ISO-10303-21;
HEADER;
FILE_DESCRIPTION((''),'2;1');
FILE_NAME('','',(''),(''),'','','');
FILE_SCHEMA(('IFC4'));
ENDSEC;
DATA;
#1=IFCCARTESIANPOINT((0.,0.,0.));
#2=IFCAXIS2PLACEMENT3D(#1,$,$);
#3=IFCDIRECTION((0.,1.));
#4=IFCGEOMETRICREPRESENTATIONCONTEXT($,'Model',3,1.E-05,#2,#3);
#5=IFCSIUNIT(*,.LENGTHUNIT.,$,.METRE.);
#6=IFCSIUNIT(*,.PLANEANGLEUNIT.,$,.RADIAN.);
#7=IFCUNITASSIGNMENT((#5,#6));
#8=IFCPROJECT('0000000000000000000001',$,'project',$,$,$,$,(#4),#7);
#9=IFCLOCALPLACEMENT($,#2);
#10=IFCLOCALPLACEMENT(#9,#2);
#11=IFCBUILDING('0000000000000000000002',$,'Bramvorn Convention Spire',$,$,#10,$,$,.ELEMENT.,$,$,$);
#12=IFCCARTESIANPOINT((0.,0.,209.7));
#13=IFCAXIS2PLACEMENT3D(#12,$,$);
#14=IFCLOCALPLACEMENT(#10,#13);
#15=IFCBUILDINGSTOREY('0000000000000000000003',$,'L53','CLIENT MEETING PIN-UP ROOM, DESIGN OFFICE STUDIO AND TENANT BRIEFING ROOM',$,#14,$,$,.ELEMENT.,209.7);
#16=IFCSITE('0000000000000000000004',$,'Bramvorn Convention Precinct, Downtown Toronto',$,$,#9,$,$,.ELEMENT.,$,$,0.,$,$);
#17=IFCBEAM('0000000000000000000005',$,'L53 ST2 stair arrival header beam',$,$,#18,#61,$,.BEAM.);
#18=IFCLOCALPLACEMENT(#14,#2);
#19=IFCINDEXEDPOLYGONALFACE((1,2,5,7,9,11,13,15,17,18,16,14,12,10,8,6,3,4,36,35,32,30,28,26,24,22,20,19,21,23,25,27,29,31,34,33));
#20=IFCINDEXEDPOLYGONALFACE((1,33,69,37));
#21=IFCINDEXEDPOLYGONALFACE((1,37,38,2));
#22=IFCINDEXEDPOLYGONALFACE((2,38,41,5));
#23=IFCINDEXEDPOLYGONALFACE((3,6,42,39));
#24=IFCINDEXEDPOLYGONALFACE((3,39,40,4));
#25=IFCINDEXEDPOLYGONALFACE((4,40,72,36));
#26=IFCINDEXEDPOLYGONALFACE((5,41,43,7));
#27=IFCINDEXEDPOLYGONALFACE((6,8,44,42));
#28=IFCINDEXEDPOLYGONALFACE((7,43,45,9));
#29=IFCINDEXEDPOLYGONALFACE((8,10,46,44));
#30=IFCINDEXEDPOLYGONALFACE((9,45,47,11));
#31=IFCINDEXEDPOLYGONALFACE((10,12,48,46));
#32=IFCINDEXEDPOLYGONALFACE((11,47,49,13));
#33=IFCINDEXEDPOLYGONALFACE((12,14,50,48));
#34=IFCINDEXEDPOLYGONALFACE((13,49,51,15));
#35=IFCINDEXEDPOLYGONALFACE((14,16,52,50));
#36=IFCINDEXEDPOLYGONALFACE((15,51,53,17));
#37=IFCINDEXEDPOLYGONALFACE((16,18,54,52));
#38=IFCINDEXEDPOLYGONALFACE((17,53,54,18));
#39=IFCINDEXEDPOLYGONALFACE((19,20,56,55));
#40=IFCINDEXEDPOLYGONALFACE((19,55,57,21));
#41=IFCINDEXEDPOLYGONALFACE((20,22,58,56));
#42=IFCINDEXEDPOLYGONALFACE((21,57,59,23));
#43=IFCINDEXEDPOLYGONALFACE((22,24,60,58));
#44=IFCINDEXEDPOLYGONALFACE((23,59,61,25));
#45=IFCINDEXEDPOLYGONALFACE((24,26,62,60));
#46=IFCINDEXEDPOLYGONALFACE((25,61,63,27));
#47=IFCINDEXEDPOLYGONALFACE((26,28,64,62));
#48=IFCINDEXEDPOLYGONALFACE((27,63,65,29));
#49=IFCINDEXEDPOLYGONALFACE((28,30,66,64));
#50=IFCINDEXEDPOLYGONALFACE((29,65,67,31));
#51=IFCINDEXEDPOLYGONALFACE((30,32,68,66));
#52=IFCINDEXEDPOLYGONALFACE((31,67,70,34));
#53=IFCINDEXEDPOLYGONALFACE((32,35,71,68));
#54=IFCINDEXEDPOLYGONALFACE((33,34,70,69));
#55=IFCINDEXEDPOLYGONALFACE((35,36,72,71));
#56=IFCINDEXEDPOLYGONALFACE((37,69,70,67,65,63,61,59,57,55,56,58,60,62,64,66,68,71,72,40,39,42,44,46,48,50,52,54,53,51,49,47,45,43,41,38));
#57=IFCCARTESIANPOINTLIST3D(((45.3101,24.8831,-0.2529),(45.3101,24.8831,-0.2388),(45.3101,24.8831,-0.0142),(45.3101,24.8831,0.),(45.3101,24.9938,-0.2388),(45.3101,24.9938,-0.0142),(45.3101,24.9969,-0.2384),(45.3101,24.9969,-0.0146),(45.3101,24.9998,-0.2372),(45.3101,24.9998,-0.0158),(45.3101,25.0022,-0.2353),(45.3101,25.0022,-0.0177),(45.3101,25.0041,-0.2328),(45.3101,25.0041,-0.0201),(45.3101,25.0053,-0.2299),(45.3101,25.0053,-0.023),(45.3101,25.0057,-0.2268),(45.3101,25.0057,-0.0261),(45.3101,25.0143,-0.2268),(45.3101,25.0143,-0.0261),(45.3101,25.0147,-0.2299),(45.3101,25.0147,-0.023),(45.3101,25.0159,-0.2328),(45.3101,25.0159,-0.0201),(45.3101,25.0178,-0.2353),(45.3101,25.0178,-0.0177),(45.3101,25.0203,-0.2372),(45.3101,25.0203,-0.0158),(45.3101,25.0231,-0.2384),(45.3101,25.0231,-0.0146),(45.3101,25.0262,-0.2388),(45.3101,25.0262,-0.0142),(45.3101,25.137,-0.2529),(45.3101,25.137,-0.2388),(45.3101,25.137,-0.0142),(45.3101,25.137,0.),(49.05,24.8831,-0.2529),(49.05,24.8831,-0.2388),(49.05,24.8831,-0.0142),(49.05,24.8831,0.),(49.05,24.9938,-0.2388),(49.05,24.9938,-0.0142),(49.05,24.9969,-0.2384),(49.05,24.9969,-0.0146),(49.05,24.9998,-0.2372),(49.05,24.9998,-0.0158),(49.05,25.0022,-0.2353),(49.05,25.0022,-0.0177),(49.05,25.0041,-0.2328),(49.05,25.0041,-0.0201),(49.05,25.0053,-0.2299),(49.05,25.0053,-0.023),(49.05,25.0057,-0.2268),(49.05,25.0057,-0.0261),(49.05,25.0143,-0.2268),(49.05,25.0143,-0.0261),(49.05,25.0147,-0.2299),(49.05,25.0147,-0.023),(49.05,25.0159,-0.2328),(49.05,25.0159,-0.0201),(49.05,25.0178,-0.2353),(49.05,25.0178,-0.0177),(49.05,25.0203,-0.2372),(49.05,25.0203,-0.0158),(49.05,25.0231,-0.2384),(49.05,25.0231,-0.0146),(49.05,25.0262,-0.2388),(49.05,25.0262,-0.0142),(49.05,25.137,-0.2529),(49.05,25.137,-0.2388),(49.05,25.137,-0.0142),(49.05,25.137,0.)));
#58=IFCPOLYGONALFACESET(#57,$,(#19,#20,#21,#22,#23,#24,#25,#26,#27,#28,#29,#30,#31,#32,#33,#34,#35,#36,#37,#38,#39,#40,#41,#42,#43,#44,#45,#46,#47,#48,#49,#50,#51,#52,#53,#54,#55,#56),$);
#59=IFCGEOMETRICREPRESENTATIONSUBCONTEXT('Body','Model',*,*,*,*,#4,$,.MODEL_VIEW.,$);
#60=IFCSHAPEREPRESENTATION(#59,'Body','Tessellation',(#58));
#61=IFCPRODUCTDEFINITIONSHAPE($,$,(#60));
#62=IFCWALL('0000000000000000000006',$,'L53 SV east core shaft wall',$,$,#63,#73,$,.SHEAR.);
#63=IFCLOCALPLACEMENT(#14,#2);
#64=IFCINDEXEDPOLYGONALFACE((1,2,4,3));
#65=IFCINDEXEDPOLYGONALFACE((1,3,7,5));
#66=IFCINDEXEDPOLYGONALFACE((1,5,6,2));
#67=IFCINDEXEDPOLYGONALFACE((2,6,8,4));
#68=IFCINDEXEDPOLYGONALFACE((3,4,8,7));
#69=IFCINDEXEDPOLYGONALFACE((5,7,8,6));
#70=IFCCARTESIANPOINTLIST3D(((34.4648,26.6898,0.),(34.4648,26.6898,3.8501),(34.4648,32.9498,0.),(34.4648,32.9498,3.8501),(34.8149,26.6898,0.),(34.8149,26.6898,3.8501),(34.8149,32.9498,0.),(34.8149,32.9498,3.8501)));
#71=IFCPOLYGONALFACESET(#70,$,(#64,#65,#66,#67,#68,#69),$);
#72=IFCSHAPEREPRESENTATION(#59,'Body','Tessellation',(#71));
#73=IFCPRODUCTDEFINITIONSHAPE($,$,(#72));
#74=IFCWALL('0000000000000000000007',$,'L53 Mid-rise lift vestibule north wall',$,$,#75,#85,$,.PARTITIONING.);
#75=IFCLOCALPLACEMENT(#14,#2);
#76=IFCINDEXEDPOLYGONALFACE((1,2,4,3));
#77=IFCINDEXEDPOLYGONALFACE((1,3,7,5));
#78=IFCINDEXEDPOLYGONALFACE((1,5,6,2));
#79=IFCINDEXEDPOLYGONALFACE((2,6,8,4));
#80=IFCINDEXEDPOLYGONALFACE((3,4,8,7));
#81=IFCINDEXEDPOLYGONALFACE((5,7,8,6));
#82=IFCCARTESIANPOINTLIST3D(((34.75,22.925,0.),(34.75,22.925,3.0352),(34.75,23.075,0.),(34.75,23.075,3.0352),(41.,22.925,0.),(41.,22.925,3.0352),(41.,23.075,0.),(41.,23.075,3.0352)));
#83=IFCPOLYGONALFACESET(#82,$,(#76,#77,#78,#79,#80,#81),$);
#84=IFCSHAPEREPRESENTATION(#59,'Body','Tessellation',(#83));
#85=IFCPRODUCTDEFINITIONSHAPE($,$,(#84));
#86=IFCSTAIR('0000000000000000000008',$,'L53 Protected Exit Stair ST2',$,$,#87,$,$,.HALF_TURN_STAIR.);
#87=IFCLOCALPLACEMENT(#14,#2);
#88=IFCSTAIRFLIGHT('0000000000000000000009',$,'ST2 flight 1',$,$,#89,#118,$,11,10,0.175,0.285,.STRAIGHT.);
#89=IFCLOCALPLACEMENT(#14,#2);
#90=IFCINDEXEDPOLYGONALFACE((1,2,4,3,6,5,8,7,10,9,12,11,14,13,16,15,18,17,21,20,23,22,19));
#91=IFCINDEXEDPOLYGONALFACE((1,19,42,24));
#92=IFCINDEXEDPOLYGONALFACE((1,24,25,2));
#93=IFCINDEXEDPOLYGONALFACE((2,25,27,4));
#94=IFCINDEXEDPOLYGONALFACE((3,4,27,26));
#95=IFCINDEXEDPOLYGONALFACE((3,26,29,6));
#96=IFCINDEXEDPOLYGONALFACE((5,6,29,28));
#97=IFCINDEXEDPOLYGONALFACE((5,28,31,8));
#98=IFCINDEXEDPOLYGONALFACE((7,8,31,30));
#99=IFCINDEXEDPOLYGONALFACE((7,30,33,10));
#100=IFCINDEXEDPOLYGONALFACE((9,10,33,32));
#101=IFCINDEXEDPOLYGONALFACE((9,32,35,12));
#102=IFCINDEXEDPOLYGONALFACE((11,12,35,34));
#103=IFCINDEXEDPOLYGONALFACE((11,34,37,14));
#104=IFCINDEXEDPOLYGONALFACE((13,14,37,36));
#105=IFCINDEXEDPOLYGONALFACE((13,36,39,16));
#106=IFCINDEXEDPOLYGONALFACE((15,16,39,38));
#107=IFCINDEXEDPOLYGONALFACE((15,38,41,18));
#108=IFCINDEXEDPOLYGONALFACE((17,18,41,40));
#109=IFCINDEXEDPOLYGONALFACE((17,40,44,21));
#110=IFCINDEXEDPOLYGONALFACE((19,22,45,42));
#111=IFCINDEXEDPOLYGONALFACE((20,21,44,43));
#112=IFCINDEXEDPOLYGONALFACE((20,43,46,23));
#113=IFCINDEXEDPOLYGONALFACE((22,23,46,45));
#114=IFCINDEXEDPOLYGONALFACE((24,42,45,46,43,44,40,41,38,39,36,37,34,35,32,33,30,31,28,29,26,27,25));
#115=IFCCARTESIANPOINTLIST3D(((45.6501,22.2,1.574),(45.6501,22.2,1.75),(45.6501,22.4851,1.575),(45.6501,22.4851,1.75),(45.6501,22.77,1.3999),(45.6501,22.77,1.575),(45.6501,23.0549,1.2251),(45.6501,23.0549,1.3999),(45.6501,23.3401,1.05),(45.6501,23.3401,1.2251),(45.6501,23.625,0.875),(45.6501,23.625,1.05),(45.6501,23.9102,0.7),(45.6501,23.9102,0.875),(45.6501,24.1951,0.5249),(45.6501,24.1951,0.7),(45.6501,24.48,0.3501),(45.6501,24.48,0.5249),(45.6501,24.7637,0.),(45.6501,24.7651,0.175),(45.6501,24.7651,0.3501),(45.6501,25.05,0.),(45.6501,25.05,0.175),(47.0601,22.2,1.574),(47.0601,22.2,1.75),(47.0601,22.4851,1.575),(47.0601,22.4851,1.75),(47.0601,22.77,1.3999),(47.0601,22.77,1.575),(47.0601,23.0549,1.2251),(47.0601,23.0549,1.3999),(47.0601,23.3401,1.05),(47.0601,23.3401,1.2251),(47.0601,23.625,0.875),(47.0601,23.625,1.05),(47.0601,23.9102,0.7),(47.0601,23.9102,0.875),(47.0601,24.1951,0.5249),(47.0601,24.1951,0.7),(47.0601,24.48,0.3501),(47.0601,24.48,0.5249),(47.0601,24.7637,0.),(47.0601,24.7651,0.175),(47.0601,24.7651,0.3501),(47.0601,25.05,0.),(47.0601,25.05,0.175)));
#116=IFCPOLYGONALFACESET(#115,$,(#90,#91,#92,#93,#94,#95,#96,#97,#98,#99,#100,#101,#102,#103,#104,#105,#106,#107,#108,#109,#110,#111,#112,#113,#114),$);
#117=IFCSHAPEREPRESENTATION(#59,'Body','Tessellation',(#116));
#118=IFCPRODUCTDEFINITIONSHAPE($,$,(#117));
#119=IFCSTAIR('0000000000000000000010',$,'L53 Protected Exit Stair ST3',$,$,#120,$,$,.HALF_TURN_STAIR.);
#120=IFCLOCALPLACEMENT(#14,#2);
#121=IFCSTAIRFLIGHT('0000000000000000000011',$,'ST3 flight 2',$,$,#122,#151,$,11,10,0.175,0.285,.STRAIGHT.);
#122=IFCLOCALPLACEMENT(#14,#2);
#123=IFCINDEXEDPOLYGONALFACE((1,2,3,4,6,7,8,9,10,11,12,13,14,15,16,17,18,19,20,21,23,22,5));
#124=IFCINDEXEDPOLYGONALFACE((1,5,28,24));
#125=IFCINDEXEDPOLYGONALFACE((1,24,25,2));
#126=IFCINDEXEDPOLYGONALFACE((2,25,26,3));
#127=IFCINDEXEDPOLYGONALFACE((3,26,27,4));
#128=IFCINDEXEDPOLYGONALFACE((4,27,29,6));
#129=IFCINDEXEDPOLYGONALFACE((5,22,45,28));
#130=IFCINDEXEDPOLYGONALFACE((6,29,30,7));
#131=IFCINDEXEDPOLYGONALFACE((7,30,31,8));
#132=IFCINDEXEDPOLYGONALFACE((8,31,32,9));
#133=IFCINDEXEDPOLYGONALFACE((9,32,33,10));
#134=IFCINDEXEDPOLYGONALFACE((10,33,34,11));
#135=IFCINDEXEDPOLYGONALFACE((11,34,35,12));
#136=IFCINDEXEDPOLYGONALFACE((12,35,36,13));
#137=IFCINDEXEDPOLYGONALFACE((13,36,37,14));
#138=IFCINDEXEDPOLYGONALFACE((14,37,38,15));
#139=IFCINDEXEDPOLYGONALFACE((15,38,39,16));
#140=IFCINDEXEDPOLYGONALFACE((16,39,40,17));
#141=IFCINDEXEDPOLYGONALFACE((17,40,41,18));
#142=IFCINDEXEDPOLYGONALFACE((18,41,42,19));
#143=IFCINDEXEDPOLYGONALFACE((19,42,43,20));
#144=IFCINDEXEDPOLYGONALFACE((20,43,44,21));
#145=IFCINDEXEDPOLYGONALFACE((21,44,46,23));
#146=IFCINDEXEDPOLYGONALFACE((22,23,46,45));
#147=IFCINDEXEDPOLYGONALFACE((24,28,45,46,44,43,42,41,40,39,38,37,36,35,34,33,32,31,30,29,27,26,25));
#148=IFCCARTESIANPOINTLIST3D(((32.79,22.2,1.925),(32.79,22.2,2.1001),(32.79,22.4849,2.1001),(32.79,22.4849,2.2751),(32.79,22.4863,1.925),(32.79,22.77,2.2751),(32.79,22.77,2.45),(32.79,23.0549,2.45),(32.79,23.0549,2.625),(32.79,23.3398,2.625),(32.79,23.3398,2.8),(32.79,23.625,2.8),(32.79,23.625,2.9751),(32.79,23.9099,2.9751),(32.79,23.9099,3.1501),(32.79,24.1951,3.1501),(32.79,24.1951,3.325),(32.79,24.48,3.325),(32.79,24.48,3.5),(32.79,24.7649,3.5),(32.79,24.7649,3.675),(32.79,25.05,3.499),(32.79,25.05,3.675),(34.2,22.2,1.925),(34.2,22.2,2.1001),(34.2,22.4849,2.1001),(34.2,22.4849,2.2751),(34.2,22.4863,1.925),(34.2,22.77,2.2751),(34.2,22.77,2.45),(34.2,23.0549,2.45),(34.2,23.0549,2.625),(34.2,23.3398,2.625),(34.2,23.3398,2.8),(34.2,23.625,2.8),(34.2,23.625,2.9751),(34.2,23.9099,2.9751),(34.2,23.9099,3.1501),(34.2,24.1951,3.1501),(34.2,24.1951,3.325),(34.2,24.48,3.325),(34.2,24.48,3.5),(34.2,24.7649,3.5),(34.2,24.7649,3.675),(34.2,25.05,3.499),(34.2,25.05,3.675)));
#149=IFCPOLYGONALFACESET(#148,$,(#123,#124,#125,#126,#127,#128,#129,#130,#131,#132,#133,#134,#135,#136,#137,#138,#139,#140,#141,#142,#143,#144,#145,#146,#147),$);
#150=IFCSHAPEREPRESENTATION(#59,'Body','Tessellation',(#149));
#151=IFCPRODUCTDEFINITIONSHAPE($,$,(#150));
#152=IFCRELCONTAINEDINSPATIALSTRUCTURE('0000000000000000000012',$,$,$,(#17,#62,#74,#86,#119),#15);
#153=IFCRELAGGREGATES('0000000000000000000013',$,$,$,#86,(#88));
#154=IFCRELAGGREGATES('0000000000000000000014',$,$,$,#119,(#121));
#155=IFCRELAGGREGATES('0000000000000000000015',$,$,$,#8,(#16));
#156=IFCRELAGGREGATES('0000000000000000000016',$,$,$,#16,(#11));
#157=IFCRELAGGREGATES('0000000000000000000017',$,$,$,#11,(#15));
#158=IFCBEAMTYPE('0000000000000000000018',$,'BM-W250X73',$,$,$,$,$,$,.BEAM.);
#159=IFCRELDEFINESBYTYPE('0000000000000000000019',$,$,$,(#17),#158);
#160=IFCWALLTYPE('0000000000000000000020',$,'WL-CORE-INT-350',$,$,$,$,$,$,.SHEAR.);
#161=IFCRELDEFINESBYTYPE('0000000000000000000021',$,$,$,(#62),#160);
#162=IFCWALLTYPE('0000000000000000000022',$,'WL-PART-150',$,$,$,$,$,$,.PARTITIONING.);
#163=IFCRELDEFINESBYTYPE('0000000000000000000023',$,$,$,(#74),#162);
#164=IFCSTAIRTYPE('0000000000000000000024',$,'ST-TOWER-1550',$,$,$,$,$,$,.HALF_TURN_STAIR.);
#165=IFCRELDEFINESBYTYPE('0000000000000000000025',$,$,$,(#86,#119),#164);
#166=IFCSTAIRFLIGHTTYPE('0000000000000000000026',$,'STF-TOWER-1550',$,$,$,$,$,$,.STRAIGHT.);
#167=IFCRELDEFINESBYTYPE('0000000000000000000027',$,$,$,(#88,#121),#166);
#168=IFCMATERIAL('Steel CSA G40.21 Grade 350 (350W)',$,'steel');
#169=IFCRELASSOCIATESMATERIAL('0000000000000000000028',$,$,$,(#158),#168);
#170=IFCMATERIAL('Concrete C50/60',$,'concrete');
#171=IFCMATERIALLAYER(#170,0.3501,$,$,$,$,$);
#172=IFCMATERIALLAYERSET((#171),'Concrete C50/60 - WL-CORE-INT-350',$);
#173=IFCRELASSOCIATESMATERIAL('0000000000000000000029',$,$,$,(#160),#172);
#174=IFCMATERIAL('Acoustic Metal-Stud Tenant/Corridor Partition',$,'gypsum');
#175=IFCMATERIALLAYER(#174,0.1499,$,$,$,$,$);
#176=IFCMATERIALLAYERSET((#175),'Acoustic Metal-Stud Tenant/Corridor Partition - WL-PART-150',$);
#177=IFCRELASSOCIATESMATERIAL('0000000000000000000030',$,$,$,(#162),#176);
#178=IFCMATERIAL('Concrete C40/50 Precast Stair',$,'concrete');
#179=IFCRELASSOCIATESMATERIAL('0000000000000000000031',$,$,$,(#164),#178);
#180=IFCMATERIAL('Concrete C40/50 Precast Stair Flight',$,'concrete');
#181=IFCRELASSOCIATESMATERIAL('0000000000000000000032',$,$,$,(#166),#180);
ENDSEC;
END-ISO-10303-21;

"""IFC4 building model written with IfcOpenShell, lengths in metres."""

from ifc_helpers import new_model, si_unit, direction, frame, frame_2d, origin, origin_2d, place, context, subcontext, project, spatial, polyline, rectangle, i_section, outline, extrude, material, layer, layer_set, material_profile, profile_set, type_object, element, aggregate, save


model = new_model("IFC4")

# Units and contexts
model_context = context("Model", 3, precision=1e-05, world=origin(), true_north=direction((0.0, 1.0)))
body_context = subcontext(model_context, "Body", "Model", "MODEL_VIEW")
ifc_project = project(units=[si_unit("LENGTHUNIT", "METRE"), si_unit("PLANEANGLEUNIT", "RADIAN")], contexts=[model_context])

# Site, building, storey
site_placement = place(None, origin())
site = spatial("IfcSite", under=ifc_project, at=site_placement, Name="Bramvorn Convention Precinct, Downtown Toronto", CompositionType="ELEMENT", RefElevation=0.0)
building_placement = place(site_placement, origin())
building = spatial("IfcBuilding", under=site, at=building_placement, Name="Bramvorn Convention Spire", CompositionType="ELEMENT")
storey_placement = place(building_placement, frame((0.0, 0.0, 209.7)))
storey = spatial("IfcBuildingStorey", under=building, at=storey_placement, Name="L53", Description="CLIENT MEETING PIN-UP ROOM, DESIGN OFFICE STUDIO AND TENANT BRIEFING ROOM", CompositionType="ELEMENT", Elevation=209.7)

# Beam
ifc_material_1 = material(Name="Steel CSA G40.21 Grade 350 (350W)", Category="steel")
ifc_material_profile = material_profile(ifc_material_1, i_section(OverallWidth=0.2539, OverallDepth=0.2529, WebThickness=0.0085, FlangeThickness=0.0142, FilletRadius=0.012, at=origin_2d()))
ifc_profile_set = profile_set([ifc_material_profile], Name="Steel CSA G40.21 Grade 350 (350W) - W250X73")
beam_type = type_object("IfcBeamType", Name="BM-W250X73", PredefinedType="BEAM", material=ifc_profile_set)
beam_placement = place(storey_placement, frame((45.3101, 25.01, -0.1265), z_axis=(1.0, 0.0, 0.0), x_axis=(0.0, 1.0, 0.0)))
element("IfcBeam", 1, at=beam_placement, inside=storey, type_object=beam_type, Name="L53 ST2 stair arrival header beam", PredefinedType="BEAM", context=body_context, shape_type="SweptSolid", body=[
    extrude(i_section(OverallWidth=0.2539, OverallDepth=0.2529, WebThickness=0.0085, FlangeThickness=0.0142, FilletRadius=0.012, at=origin_2d()), origin(), (0.0, 0.0, 1.0), 3.74),
])

# Walls
ifc_material_2 = material(Name="Concrete C50/60", Category="concrete")
ifc_layer_1 = layer(ifc_material_2, 0.3501)
ifc_layer_set_1 = layer_set([ifc_layer_1], Name="Concrete C50/60 - WL-CORE-INT-350")
wall_type_1 = type_object("IfcWallType", Name="WL-CORE-INT-350", PredefinedType="SHEAR", material=ifc_layer_set_1)
wall_1_placement = place(storey_placement, frame((34.6399, 26.6899, 0.0), z_axis=(0.0, 0.0, 1.0), x_axis=(0.0, 1.0, 0.0)))
element("IfcWall", 2, at=wall_1_placement, inside=storey, type_object=wall_type_1, Name="L53 SV east core shaft wall", PredefinedType="SHEAR", context=body_context, shape_type="SweptSolid", body=[
    extrude(rectangle(XDim=6.26, YDim=0.3501, at=frame_2d((3.1299, 0.0))), origin(), (0.0, 0.0, 1.0), 3.8501),
])
ifc_material_3 = material(Name="Acoustic Metal-Stud Tenant/Corridor Partition", Category="gypsum")
ifc_layer_2 = layer(ifc_material_3, 0.1499)
ifc_layer_set_2 = layer_set([ifc_layer_2], Name="Acoustic Metal-Stud Tenant/Corridor Partition - WL-PART-150")
wall_type_2 = type_object("IfcWallType", Name="WL-PART-150", PredefinedType="PARTITIONING", material=ifc_layer_set_2)
wall_2_placement = place(storey_placement, frame((34.75, 23.0, 0.0), z_axis=(0.0, 0.0, 1.0), x_axis=(1.0, 0.0, 0.0)))
element("IfcWall", 3, at=wall_2_placement, inside=storey, type_object=wall_type_2, Name="L53 Mid-rise lift vestibule north wall", PredefinedType="PARTITIONING", context=body_context, shape_type="SweptSolid", body=[
    extrude(rectangle(XDim=6.25, YDim=0.1499, at=frame_2d((3.125, 0.0))), origin(), (0.0, 0.0, 1.0), 3.0352),
])

# Stairs, stair flights
ifc_material_4 = material(Name="Concrete C40/50 Precast Stair", Category="concrete")
stair_type = type_object("IfcStairType", Name="ST-TOWER-1550", PredefinedType="HALF_TURN_STAIR", material=ifc_material_4)
stair_1_placement = place(storey_placement, origin())
stair_1 = element("IfcStair", 4, at=stair_1_placement, inside=storey, type_object=stair_type, Name="L53 Protected Exit Stair ST2", PredefinedType="HALF_TURN_STAIR")
ifc_material_5 = material(Name="Concrete C40/50 Precast Stair Flight", Category="concrete")
stair_flight_type = type_object("IfcStairFlightType", Name="STF-TOWER-1550", PredefinedType="STRAIGHT", material=ifc_material_5)
stair_flight_1_placement = place(storey_placement, frame((46.355, 25.05, 0.0), z_axis=(0.0, 0.0, 1.0), x_axis=(0.0, -1.0, 0.0)))
stair_flight_1 = element("IfcStairFlight", 5, at=stair_flight_1_placement, type_object=stair_flight_type, Name="ST2 flight 1", NumberOfRisers=11, NumberOfTreads=10, PredefinedType="STRAIGHT", RiserHeight=0.175, TreadLength=0.285, context=body_context, shape_type="SweptSolid", body=[
    extrude(outline(polyline([(0.0, 0.0), (0.0, 0.175), (0.2849, 0.175), (0.2849, 0.3501), (0.5701, 0.3501), (0.5701, 0.5249), (0.855, 0.5249), (0.855, 0.7), (1.1399, 0.7), (1.1399, 0.875), (1.425, 0.875), (1.425, 1.05), (1.71, 1.05), (1.71, 1.2251), (1.9951, 1.2251), (1.9951, 1.3999), (2.28, 1.3999), (2.28, 1.575), (2.5649, 1.575), (2.5649, 1.75), (2.8501, 1.75), (2.8501, 1.925), (2.8501, 1.574), (0.2864, 0.0), (0.0, 0.0)])), frame((0.0, 0.7051, 0.0), z_axis=(0.0, -1.0, 0.0), x_axis=(1.0, 0.0, 0.0)), (0.0, 0.0, 1.0), 1.4099),
])
aggregate(stair_1, [stair_flight_1])
stair_2_placement = place(storey_placement, origin())
stair_2 = element("IfcStair", 6, at=stair_2_placement, inside=storey, type_object=stair_type, Name="L53 Protected Exit Stair ST3", PredefinedType="HALF_TURN_STAIR")
stair_flight_2_placement = place(storey_placement, frame((33.4951, 22.2, 1.925), z_axis=(0.0, 0.0, 1.0), x_axis=(0.0, 1.0, 0.0)))
stair_flight_2 = element("IfcStairFlight", 7, at=stair_flight_2_placement, type_object=stair_flight_type, Name="ST3 flight 2", NumberOfRisers=11, NumberOfTreads=10, PredefinedType="STRAIGHT", RiserHeight=0.175, TreadLength=0.285, context=body_context, shape_type="SweptSolid", body=[
    extrude(outline(polyline([(0.0, 0.0), (0.0, 0.175), (0.2849, 0.175), (0.2849, 0.3501), (0.5701, 0.3501), (0.5701, 0.5249), (0.855, 0.5249), (0.855, 0.7), (1.1399, 0.7), (1.1399, 0.875), (1.425, 0.875), (1.425, 1.05), (1.71, 1.05), (1.71, 1.2251), (1.9951, 1.2251), (1.9951, 1.3999), (2.28, 1.3999), (2.28, 1.575), (2.5649, 1.575), (2.5649, 1.75), (2.8501, 1.75), (2.8501, 1.925), (2.8501, 1.574), (0.2864, 0.0), (0.0, 0.0)])), frame((0.0, 0.7051, 0.0), z_axis=(0.0, -1.0, 0.0), x_axis=(1.0, 0.0, 0.0)), (0.0, 0.0, 1.0), 1.4099),
])
aggregate(stair_2, [stair_flight_2])

save(model, "model.ifc")
